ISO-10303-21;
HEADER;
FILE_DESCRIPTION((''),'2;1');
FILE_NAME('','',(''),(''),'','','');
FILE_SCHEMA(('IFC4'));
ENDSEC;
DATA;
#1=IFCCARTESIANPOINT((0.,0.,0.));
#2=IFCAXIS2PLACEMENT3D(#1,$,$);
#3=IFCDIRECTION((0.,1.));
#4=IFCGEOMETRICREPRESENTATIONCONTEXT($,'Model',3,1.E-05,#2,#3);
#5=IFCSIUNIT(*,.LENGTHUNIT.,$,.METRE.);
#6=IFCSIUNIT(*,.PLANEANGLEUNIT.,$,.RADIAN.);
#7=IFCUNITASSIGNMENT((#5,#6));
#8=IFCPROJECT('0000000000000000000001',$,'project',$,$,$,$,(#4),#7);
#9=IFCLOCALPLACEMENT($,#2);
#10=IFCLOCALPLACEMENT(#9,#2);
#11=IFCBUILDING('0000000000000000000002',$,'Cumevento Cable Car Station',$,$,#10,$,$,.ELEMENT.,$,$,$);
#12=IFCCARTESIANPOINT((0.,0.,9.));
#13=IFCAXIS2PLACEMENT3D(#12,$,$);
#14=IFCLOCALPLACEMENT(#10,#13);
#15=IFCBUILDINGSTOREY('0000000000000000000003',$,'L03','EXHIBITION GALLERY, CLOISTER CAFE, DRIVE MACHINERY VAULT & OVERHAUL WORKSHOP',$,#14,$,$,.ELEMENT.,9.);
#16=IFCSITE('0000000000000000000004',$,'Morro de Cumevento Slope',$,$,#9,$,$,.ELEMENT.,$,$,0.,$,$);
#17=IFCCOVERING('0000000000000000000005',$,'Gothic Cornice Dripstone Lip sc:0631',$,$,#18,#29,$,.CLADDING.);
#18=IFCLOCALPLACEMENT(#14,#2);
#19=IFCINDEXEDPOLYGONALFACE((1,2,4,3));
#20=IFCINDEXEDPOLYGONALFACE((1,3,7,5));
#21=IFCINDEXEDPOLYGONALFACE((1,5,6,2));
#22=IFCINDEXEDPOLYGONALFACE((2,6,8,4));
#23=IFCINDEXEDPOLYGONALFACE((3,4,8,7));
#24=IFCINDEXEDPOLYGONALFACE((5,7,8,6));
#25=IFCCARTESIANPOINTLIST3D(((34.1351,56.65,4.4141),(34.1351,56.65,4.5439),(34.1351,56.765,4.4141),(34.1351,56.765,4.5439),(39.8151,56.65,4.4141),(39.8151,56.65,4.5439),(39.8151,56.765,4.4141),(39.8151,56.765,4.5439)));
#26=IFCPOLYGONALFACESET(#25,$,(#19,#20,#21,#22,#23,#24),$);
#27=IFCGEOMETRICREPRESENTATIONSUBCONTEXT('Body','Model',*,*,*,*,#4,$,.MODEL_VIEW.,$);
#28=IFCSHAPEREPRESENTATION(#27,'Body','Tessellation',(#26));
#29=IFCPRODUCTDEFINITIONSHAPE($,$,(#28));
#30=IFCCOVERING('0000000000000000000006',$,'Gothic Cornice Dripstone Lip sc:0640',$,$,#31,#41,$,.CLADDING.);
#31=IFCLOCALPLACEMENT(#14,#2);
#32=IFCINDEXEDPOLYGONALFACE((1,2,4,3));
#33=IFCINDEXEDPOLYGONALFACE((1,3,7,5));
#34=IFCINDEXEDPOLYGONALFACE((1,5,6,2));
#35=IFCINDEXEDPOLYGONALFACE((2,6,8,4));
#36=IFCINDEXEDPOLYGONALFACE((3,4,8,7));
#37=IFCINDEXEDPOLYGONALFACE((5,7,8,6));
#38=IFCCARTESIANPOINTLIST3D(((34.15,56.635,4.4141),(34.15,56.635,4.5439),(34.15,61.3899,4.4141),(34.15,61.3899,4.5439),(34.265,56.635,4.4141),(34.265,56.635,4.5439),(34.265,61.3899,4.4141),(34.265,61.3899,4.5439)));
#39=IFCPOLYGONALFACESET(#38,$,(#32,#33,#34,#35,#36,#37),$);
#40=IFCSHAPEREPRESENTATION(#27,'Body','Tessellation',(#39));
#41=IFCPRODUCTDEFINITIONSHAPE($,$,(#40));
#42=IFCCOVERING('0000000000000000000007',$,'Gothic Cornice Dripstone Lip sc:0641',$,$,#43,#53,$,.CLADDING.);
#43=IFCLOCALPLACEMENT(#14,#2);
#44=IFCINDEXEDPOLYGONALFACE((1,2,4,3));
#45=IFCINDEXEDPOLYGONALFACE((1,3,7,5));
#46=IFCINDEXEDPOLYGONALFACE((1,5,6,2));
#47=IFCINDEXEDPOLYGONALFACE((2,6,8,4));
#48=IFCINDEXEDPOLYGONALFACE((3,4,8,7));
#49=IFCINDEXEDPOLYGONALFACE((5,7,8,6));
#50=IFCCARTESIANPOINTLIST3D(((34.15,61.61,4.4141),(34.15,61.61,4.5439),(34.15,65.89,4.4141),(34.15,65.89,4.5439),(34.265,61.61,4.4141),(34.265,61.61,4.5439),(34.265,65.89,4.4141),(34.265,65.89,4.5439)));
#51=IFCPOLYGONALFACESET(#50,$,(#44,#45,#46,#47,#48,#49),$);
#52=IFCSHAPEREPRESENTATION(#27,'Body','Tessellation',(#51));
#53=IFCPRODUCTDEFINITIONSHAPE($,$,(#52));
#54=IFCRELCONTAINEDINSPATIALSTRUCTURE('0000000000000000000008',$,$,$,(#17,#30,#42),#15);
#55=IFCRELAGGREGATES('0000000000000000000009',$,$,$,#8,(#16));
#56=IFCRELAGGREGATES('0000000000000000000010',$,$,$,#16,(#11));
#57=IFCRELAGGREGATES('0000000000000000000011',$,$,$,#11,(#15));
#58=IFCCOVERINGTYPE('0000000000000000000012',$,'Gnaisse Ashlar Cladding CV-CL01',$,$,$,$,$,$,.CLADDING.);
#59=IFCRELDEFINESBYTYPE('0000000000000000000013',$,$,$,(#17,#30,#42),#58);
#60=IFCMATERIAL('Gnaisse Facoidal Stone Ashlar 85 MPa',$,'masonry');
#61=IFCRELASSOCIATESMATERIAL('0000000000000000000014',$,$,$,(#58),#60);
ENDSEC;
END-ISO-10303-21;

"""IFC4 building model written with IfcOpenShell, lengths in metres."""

from ifc_helpers import new_model, si_unit, direction, frame, origin, origin_2d, place, context, subcontext, project, spatial, rectangle, extrude, material, type_object, element, save


model = new_model("IFC4")

# Units and contexts
model_context = context("Model", 3, precision=1e-05, world=origin(), true_north=direction((0.0, 1.0)))
body_context = subcontext(model_context, "Body", "Model", "MODEL_VIEW")
ifc_project = project(units=[si_unit("LENGTHUNIT", "METRE"), si_unit("PLANEANGLEUNIT", "RADIAN")], contexts=[model_context])

# Site, building, storey
site_placement = place(None, origin())
site = spatial("IfcSite", under=ifc_project, at=site_placement, Name="Morro de Cumevento Slope", CompositionType="ELEMENT", RefElevation=0.0)
building_placement = place(site_placement, origin())
building = spatial("IfcBuilding", under=site, at=building_placement, Name="Cumevento Cable Car Station", CompositionType="ELEMENT")
storey_placement = place(building_placement, frame((0.0, 0.0, 9.0)))
storey = spatial("IfcBuildingStorey", under=building, at=storey_placement, Name="L03", Description="EXHIBITION GALLERY, CLOISTER CAFE, DRIVE MACHINERY VAULT & OVERHAUL WORKSHOP", CompositionType="ELEMENT", Elevation=9.0)

# Coverings
ifc_material_1 = material(Name="Gnaisse Facoidal Stone Ashlar 85 MPa", Category="masonry")
covering_type = type_object("IfcCoveringType", Name="Gnaisse Ashlar Cladding CV-CL01", PredefinedType="CLADDING", material=ifc_material_1)
covering_1_placement = place(storey_placement, frame((36.9751, 56.7075, 4.4141), z_axis=(0.0, 0.0, 1.0), x_axis=(1.0, 0.0, 0.0)))
element("IfcCovering", 1, at=covering_1_placement, inside=storey, type_object=covering_type, Name="Gothic Cornice Dripstone Lip sc:0631", PredefinedType="CLADDING", context=body_context, shape_type="SweptSolid", body=[
    extrude(rectangle(XDim=5.6799, YDim=0.115, at=origin_2d()), origin(), (0.0, 0.0, 1.0), 0.1299),
])
covering_2_placement = place(storey_placement, frame((34.2075, 59.0125, 4.4141), z_axis=(0.0, 0.0, 1.0), x_axis=(0.0, -1.0, 0.0)))
element("IfcCovering", 2, at=covering_2_placement, inside=storey, type_object=covering_type, Name="Gothic Cornice Dripstone Lip sc:0640", PredefinedType="CLADDING", context=body_context, shape_type="SweptSolid", body=[
    extrude(rectangle(XDim=4.7549, YDim=0.115, at=origin_2d()), origin(), (0.0, 0.0, 1.0), 0.1299),
])
covering_3_placement = place(storey_placement, frame((34.2075, 63.75, 4.4141), z_axis=(0.0, 0.0, 1.0), x_axis=(0.0, -1.0, 0.0)))
element("IfcCovering", 3, at=covering_3_placement, inside=storey, type_object=covering_type, Name="Gothic Cornice Dripstone Lip sc:0641", PredefinedType="CLADDING", context=body_context, shape_type="SweptSolid", body=[
    extrude(rectangle(XDim=4.28, YDim=0.115, at=origin_2d()), origin(), (0.0, 0.0, 1.0), 0.1299),
])

save(model, "model.ifc")
